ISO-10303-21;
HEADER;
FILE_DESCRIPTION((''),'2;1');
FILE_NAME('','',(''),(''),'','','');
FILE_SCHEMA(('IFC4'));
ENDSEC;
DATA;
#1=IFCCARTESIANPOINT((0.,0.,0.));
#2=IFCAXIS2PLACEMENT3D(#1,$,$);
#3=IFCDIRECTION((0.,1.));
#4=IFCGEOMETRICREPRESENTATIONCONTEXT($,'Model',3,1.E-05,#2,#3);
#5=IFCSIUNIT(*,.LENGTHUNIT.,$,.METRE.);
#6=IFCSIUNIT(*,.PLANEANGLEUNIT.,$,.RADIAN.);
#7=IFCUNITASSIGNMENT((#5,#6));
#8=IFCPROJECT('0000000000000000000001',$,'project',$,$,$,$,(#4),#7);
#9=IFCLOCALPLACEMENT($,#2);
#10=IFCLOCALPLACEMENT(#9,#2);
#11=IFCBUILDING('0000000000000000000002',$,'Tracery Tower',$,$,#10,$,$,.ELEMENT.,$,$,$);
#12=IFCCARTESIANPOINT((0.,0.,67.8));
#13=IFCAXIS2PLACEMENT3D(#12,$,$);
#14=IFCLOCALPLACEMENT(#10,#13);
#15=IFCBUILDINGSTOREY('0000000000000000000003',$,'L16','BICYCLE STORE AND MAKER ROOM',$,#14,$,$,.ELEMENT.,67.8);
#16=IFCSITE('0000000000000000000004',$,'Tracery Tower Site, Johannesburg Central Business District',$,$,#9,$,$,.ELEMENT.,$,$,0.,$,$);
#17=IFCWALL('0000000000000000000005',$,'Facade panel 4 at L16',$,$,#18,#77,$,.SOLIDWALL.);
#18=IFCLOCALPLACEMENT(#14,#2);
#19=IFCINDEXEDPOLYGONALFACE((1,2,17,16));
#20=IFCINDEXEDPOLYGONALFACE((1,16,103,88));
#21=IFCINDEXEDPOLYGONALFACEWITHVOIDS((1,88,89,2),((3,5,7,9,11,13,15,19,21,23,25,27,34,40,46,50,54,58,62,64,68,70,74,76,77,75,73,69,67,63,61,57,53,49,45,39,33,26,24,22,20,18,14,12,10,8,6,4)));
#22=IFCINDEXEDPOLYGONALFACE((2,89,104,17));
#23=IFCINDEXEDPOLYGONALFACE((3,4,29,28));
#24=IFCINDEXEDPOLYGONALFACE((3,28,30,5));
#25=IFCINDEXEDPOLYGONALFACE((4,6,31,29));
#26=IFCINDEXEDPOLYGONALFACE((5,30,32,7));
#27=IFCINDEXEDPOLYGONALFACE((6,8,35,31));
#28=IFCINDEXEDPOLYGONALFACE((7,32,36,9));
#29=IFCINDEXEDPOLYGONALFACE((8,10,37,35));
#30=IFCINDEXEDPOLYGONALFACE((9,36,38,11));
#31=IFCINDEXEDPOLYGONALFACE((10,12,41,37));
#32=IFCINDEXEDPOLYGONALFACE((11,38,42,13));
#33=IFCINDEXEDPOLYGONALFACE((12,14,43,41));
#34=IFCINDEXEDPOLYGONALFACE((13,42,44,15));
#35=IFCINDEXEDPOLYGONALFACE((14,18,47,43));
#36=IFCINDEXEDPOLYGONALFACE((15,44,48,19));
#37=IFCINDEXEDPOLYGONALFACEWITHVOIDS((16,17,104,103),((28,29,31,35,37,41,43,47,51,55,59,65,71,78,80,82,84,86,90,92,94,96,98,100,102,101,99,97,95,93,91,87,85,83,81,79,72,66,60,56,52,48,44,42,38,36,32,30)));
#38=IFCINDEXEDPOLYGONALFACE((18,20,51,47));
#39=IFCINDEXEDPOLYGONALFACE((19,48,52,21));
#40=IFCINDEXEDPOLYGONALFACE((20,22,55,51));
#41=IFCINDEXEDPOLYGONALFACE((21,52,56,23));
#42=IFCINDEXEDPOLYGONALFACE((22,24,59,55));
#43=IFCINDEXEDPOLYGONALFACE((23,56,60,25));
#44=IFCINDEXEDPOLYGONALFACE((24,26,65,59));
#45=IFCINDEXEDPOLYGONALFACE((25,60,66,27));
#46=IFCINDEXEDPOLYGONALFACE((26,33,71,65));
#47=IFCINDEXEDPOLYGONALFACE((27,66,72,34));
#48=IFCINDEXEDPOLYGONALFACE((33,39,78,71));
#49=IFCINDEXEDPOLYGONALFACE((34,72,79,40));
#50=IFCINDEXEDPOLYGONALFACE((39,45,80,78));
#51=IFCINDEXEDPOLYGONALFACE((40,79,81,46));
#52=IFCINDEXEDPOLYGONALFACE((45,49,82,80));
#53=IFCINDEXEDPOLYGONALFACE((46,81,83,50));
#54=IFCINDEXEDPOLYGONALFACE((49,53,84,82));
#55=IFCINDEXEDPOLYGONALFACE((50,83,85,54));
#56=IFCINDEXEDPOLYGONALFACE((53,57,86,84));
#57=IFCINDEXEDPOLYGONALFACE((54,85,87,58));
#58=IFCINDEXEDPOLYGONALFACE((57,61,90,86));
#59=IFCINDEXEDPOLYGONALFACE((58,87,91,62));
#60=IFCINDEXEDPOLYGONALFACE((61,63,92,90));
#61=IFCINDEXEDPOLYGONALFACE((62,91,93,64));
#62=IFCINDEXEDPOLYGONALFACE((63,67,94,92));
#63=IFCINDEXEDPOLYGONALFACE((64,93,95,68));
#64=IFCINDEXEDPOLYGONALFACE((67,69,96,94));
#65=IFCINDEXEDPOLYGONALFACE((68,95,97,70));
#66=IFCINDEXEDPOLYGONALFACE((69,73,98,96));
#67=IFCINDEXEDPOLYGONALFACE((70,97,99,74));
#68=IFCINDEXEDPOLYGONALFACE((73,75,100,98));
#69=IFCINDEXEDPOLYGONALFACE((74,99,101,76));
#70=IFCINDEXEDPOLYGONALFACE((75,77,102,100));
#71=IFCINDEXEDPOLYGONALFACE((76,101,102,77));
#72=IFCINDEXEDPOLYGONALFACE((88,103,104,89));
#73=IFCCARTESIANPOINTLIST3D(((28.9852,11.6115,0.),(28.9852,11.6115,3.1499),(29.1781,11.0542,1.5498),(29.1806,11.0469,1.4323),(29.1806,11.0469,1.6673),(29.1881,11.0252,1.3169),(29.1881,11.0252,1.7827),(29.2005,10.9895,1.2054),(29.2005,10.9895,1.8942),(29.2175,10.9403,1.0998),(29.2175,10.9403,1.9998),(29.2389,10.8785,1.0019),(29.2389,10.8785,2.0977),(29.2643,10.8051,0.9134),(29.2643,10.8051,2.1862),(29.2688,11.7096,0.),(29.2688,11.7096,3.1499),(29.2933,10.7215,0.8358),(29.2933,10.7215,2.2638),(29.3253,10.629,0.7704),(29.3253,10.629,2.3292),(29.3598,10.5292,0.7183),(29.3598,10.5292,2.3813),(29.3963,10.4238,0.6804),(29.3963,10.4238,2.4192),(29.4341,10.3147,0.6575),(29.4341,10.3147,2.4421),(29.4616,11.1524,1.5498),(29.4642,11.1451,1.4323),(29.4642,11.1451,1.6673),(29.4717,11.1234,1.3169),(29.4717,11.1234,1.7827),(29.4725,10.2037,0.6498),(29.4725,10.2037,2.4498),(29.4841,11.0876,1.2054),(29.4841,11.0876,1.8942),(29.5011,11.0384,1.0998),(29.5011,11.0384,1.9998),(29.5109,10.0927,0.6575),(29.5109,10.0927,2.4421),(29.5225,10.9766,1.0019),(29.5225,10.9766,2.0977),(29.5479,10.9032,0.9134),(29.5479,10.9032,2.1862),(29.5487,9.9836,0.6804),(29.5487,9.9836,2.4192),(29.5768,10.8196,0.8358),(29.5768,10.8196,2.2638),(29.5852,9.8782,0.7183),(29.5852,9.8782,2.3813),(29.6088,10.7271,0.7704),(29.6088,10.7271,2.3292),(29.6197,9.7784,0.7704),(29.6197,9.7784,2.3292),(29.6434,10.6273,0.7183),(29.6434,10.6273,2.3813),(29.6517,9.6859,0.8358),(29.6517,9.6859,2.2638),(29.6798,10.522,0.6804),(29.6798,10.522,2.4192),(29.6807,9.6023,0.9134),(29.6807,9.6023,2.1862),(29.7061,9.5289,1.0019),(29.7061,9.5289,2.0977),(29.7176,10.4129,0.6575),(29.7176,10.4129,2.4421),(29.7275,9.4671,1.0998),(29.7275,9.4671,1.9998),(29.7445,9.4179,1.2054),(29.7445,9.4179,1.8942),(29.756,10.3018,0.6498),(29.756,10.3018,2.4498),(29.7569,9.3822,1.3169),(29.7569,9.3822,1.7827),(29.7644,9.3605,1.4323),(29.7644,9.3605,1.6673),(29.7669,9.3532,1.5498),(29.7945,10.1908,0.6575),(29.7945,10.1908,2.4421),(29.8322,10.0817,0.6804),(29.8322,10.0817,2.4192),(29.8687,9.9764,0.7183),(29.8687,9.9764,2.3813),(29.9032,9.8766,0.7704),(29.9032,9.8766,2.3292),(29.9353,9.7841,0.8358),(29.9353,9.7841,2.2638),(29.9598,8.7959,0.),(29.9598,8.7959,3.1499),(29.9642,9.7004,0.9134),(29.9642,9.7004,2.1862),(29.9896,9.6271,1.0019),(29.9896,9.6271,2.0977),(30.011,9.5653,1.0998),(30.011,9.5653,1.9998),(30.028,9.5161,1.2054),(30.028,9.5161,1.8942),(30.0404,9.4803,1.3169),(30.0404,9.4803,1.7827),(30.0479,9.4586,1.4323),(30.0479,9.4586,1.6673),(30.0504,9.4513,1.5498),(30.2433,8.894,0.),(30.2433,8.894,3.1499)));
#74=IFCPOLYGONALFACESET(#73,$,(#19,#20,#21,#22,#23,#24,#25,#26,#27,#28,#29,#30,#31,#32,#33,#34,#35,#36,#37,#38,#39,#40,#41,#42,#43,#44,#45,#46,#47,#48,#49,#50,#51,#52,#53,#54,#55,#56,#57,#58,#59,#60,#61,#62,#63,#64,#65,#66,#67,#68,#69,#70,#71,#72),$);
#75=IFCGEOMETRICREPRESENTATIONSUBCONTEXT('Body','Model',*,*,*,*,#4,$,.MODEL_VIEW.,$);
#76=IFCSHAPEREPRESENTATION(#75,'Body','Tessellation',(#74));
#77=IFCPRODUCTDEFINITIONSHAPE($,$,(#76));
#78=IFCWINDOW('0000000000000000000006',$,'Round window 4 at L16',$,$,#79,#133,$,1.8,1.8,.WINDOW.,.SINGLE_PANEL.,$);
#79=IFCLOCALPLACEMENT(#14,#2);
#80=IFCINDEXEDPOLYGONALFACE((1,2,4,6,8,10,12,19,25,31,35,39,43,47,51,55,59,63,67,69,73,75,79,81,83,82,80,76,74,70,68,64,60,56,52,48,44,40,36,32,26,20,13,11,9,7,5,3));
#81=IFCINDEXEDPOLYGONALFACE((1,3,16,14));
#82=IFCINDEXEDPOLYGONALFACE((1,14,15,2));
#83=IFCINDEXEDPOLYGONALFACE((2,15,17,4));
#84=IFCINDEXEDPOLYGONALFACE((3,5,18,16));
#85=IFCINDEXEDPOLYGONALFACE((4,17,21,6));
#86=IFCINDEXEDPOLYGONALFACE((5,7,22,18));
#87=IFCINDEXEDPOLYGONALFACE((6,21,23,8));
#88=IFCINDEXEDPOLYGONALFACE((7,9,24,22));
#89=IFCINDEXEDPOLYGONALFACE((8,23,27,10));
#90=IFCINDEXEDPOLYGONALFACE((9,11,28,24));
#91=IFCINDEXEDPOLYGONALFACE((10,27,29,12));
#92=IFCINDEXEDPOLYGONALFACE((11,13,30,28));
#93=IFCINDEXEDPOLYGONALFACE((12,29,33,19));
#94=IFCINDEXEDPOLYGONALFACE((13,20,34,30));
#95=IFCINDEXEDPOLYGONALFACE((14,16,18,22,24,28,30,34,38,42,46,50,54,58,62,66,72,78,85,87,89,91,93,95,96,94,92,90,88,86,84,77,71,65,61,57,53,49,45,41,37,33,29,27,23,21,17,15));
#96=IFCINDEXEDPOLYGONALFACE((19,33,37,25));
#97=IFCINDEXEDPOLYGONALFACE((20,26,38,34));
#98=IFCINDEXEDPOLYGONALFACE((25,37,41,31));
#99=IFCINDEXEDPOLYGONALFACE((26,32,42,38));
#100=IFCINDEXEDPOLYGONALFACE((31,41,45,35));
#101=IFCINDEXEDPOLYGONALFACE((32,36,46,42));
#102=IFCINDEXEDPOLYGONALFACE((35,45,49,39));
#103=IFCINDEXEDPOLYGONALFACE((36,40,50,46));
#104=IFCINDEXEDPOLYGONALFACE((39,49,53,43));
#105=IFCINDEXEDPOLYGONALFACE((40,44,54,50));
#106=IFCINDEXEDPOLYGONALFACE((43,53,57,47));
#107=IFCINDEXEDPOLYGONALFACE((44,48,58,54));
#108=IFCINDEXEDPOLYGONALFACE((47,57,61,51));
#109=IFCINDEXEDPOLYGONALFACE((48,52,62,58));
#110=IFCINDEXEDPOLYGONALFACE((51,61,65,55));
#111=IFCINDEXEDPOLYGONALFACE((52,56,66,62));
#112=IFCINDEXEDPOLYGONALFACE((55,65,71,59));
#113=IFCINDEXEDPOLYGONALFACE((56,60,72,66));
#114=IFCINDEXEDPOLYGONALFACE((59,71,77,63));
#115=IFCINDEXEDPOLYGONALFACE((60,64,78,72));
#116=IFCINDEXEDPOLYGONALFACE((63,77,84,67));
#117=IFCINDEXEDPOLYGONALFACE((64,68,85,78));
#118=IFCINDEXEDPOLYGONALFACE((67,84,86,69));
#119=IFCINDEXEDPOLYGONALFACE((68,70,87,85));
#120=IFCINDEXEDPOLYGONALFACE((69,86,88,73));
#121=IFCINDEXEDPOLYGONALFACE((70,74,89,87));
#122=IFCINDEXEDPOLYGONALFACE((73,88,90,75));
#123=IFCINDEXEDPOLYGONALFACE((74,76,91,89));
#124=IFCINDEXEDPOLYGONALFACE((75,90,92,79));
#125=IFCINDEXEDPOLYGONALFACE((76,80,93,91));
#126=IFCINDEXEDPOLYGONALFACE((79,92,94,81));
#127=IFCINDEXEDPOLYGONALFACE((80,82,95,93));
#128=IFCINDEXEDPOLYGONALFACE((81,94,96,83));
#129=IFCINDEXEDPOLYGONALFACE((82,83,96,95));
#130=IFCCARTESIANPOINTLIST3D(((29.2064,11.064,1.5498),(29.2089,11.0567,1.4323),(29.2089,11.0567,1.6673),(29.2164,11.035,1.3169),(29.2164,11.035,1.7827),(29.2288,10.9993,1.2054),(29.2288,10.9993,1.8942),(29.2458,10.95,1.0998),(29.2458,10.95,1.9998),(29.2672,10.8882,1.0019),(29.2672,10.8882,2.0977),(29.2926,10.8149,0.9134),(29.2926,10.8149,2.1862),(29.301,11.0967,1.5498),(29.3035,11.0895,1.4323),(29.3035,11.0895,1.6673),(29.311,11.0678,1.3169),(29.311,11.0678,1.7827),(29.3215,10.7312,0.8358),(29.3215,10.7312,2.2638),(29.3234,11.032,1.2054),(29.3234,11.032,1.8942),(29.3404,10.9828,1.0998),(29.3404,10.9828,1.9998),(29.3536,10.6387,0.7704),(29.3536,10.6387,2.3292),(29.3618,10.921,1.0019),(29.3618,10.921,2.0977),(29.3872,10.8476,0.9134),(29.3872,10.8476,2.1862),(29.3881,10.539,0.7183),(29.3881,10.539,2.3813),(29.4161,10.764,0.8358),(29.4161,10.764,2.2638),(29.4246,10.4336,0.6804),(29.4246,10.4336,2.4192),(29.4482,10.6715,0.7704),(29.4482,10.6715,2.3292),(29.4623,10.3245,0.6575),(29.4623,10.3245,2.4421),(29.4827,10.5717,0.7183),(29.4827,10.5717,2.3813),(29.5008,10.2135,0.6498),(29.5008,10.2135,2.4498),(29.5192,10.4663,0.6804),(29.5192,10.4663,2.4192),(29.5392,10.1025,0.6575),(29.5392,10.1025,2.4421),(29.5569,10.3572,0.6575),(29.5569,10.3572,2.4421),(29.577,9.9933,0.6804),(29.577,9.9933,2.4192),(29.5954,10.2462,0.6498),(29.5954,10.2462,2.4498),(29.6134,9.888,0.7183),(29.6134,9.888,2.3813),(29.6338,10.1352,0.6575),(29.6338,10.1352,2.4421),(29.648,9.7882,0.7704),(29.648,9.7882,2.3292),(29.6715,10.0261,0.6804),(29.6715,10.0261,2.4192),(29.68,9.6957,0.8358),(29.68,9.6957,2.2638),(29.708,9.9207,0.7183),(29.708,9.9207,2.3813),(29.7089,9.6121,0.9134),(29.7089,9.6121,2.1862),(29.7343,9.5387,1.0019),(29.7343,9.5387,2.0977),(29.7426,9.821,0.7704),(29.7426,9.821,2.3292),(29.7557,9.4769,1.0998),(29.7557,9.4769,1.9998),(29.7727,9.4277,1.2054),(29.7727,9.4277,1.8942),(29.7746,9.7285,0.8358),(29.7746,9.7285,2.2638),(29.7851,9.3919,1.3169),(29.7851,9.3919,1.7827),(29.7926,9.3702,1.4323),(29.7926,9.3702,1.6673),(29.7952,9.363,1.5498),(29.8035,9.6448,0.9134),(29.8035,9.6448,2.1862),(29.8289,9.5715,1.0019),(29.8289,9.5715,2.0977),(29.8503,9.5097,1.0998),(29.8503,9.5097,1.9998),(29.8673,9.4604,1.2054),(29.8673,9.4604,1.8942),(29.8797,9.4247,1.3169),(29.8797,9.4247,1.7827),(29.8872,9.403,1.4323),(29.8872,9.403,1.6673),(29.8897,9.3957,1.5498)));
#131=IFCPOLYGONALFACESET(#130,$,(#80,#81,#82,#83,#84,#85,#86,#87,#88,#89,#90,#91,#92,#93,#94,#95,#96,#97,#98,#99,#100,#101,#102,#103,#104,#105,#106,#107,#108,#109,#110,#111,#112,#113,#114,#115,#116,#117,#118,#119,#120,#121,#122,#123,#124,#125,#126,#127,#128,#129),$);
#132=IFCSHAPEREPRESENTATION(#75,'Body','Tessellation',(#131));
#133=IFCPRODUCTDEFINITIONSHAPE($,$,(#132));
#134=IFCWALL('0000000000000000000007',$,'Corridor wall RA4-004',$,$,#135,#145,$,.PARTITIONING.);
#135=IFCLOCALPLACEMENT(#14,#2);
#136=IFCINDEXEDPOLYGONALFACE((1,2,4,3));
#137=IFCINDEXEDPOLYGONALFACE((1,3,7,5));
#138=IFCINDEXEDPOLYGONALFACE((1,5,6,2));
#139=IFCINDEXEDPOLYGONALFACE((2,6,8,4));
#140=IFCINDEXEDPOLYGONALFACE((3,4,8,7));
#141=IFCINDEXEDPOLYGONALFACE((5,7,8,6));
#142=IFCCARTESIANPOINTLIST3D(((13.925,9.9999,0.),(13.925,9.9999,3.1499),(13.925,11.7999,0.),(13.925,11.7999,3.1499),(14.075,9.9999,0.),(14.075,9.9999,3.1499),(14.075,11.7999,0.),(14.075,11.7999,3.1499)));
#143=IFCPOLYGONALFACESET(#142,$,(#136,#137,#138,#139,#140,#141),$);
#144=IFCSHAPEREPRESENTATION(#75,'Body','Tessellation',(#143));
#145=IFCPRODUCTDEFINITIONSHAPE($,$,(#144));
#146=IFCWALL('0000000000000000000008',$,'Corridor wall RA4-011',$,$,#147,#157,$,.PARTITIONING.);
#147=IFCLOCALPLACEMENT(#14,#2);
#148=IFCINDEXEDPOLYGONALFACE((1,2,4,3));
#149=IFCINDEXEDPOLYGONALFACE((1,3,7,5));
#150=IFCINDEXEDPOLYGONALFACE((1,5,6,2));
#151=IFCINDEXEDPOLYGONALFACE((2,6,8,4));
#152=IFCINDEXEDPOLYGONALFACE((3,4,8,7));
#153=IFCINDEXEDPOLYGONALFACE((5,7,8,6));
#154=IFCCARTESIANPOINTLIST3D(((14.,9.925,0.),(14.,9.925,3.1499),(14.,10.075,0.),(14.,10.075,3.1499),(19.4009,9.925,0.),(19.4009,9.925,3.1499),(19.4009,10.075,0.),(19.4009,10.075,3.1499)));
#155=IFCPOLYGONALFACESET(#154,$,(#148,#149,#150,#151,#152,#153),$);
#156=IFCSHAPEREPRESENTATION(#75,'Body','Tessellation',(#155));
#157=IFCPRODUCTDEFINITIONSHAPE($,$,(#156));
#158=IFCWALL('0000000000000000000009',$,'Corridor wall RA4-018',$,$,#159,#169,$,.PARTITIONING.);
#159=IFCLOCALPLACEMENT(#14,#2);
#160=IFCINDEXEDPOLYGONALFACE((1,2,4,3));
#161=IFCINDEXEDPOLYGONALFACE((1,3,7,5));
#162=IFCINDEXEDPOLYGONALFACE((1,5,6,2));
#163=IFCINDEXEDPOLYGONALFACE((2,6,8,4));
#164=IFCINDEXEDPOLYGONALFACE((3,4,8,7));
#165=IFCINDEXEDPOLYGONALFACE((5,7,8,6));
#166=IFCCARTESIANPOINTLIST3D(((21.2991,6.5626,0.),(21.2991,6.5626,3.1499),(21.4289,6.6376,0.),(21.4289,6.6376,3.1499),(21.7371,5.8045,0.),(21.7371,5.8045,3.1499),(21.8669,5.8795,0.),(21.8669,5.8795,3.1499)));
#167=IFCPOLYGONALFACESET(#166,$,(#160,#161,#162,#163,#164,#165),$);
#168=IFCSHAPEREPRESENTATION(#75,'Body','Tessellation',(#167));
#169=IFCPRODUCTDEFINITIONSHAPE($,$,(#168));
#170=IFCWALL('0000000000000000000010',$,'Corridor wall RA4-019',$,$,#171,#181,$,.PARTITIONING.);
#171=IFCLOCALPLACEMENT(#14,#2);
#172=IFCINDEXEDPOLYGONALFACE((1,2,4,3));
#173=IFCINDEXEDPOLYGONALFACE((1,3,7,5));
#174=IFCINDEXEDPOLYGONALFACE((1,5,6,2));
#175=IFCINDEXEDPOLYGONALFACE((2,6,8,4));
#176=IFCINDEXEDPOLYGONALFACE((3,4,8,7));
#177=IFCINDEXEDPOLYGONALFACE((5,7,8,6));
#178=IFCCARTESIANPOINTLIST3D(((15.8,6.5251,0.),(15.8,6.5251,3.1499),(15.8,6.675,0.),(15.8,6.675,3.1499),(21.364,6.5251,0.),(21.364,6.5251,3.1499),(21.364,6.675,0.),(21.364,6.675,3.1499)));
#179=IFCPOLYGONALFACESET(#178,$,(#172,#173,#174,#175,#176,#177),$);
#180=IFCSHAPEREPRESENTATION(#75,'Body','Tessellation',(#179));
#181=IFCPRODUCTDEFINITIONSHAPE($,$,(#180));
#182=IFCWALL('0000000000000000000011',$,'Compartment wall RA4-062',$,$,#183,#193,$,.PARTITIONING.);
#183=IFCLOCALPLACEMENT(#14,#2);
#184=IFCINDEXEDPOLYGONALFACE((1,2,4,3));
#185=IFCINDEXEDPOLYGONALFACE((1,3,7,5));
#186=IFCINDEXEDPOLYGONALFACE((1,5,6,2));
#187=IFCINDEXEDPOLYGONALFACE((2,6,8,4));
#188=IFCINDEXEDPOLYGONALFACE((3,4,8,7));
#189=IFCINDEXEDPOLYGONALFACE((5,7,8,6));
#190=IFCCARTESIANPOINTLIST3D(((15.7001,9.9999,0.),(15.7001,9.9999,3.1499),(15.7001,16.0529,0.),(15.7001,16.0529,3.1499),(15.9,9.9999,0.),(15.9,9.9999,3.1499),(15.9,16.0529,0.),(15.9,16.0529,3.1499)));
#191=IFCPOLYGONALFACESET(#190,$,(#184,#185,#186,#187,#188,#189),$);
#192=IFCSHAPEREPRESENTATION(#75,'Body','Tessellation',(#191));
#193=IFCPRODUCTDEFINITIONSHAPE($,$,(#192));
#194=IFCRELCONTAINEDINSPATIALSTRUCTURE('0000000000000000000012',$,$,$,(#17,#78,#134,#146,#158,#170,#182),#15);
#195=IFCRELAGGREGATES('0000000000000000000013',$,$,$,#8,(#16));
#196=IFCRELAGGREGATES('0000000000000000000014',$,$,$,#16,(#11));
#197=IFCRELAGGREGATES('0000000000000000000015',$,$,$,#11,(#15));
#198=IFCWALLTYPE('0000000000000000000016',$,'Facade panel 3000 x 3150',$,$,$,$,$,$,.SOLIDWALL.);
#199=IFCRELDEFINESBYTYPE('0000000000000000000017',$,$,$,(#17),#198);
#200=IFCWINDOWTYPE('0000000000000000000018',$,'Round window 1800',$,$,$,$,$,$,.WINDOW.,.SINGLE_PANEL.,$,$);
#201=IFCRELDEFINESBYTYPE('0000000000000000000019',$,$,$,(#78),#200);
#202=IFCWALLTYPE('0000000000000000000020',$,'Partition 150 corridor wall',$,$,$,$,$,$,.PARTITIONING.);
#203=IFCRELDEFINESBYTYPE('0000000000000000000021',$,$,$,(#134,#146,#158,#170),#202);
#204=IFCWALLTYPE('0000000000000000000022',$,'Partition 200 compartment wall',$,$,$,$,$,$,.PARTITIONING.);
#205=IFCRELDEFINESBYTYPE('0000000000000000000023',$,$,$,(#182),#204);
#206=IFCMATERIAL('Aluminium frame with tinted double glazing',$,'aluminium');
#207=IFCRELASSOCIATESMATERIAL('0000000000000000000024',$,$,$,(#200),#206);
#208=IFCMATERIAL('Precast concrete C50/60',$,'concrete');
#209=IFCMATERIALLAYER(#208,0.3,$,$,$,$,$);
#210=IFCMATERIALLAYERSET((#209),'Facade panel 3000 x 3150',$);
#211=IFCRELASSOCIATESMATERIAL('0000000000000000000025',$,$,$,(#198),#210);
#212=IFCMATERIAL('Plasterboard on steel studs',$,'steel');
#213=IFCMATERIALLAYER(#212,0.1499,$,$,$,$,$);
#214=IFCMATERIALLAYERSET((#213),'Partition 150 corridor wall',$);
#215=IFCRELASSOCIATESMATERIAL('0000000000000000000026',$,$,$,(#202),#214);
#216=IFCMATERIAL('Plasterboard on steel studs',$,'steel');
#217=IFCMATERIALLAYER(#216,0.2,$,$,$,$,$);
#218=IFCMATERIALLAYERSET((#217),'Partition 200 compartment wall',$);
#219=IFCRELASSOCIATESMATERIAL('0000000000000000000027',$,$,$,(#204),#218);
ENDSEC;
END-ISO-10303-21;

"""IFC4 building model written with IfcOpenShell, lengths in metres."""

from ifc_helpers import new_model, si_unit, direction, frame, frame_2d, origin, origin_2d, place, context, subcontext, project, spatial, rectangle, circle, extrude, material, layer, layer_set, type_object, element, fill, save


model = new_model("IFC4")

# Units and contexts
model_context = context("Model", 3, precision=1e-05, world=origin(), true_north=direction((0.0, 1.0)))
body_context = subcontext(model_context, "Body", "Model", "MODEL_VIEW")
ifc_project = project(units=[si_unit("LENGTHUNIT", "METRE"), si_unit("PLANEANGLEUNIT", "RADIAN")], contexts=[model_context])

# Site, building, storey
site_placement = place(None, origin())
site = spatial("IfcSite", under=ifc_project, at=site_placement, Name="Tracery Tower Site, Johannesburg Central Business District", CompositionType="ELEMENT", RefElevation=0.0)
building_placement = place(site_placement, origin())
building = spatial("IfcBuilding", under=site, at=building_placement, Name="Tracery Tower", CompositionType="ELEMENT")
storey_placement = place(building_placement, frame((0.0, 0.0, 67.8)))
storey = spatial("IfcBuildingStorey", under=building, at=storey_placement, Name="L16", Description="BICYCLE STORE AND MAKER ROOM", CompositionType="ELEMENT", Elevation=67.8)

# Wall, opening, window
ifc_material_1 = material(Name="Aluminium frame with tinted double glazing", Category="aluminium")
window_type = type_object("IfcWindowType", Name="Round window 1800", PartitioningType="SINGLE_PANEL", PredefinedType="WINDOW", material=ifc_material_1)
ifc_material_2 = material(Name="Precast concrete C50/60", Category="concrete")
ifc_layer_1 = layer(ifc_material_2, 0.3)
ifc_layer_set_1 = layer_set([ifc_layer_1], Name="Facade panel 3000 x 3150")
wall_type_1 = type_object("IfcWallType", Name="Facade panel 3000 x 3150", PredefinedType="SOLIDWALL", material=ifc_layer_set_1)
wall_1_placement = place(storey_placement, frame((30.1016, 8.845, 0.0), z_axis=(0.0, 0.0, 1.0), x_axis=(-0.327096, 0.944991, 0.0)))
wall_1 = element("IfcWall", 1, at=wall_1_placement, inside=storey, type_object=wall_type_1, Name="Facade panel 4 at L16", PredefinedType="SOLIDWALL", context=body_context, shape_type="SweptSolid", body=[
    extrude(rectangle(XDim=2.9795, YDim=0.3, at=frame_2d((1.4897, 0.0))), origin(), (0.0, 0.0, 1.0), 3.1499),
])
opening_1_placement = place(wall_1_placement, frame((1.4897, 0.0, 1.5498)))
opening_1 = element("IfcOpeningElement", 2, at=opening_1_placement, cuts=wall_1, PredefinedType="OPENING", context=body_context, shape_type="SweptSolid", body=[
    extrude(circle(Radius=0.9, at=origin_2d()), frame((0.0, 0.1599, 0.0), z_axis=(0.0, -1.0, 0.0), x_axis=(1.0, 0.0, 0.0)), (0.0, 0.0, 1.0), 0.3201),
])
window_1_placement = place(opening_1_placement, origin())
window_1 = element("IfcWindow", 3, at=window_1_placement, inside=storey, type_object=window_type, Name="Round window 4 at L16", OverallHeight=1.8, OverallWidth=1.8, PartitioningType="SINGLE_PANEL", PredefinedType="WINDOW", context=body_context, shape_type="SweptSolid", body=[
    extrude(circle(Radius=0.9, at=origin_2d()), frame((0.0, 0.1201, 0.0), z_axis=(0.0, -1.0, 0.0), x_axis=(1.0, 0.0, 0.0)), (0.0, 0.0, 1.0), 0.1001),
])
fill(opening_1, window_1)

# Walls
ifc_material_3 = material(Name="Plasterboard on steel studs", Category="steel")
ifc_layer_2 = layer(ifc_material_3, 0.1499)
ifc_layer_set_2 = layer_set([ifc_layer_2], Name="Partition 150 corridor wall")
wall_type_2 = type_object("IfcWallType", Name="Partition 150 corridor wall", PredefinedType="PARTITIONING", material=ifc_layer_set_2)
wall_2_placement = place(storey_placement, frame((14.0, 10.0, 0.0), z_axis=(0.0, 0.0, 1.0), x_axis=(0.0, 1.0, 0.0)))
element("IfcWall", 4, at=wall_2_placement, inside=storey, type_object=wall_type_2, Name="Corridor wall RA4-004", PredefinedType="PARTITIONING", context=body_context, shape_type="SweptSolid", body=[
    extrude(rectangle(XDim=1.8, YDim=0.1499, at=frame_2d((0.8999, 0.0))), origin(), (0.0, 0.0, 1.0), 3.1499),
])
wall_3_placement = place(storey_placement, frame((14.0, 10.0, 0.0), z_axis=(0.0, 0.0, 1.0), x_axis=(1.0, 0.0, 0.0)))
element("IfcWall", 5, at=wall_3_placement, inside=storey, type_object=wall_type_2, Name="Corridor wall RA4-011", PredefinedType="PARTITIONING", context=body_context, shape_type="SweptSolid", body=[
    extrude(rectangle(XDim=5.4009, YDim=0.1499, at=frame_2d((2.7004, 0.0))), origin(), (0.0, 0.0, 1.0), 3.1499),
])
wall_4_placement = place(storey_placement, frame((21.364, 6.6001, 0.0), z_axis=(0.0, 0.0, 1.0), x_axis=(0.500278, -0.865865, 0.0)))
element("IfcWall", 6, at=wall_4_placement, inside=storey, type_object=wall_type_2, Name="Corridor wall RA4-018", PredefinedType="PARTITIONING", context=body_context, shape_type="SweptSolid", body=[
    extrude(rectangle(XDim=0.8755, YDim=0.1499, at=frame_2d((0.4377, 0.0))), origin(), (0.0, 0.0, 1.0), 3.1499),
])
wall_5_placement = place(storey_placement, frame((15.8, 6.6001, 0.0), z_axis=(0.0, 0.0, 1.0), x_axis=(1.0, 0.0, 0.0)))
element("IfcWall", 7, at=wall_5_placement, inside=storey, type_object=wall_type_2, Name="Corridor wall RA4-019", PredefinedType="PARTITIONING", context=body_context, shape_type="SweptSolid", body=[
    extrude(rectangle(XDim=5.564, YDim=0.1499, at=frame_2d((2.782, 0.0))), origin(), (0.0, 0.0, 1.0), 3.1499),
])
ifc_material_4 = material(Name="Plasterboard on steel studs", Category="steel")
ifc_layer_3 = layer(ifc_material_4, 0.2)
ifc_layer_set_3 = layer_set([ifc_layer_3], Name="Partition 200 compartment wall")
wall_type_3 = type_object("IfcWallType", Name="Partition 200 compartment wall", PredefinedType="PARTITIONING", material=ifc_layer_set_3)
wall_6_placement = place(storey_placement, frame((15.8, 10.0, 0.0), z_axis=(0.0, 0.0, 1.0), x_axis=(0.0, 1.0, 0.0)))
element("IfcWall", 8, at=wall_6_placement, inside=storey, type_object=wall_type_3, Name="Compartment wall RA4-062", PredefinedType="PARTITIONING", context=body_context, shape_type="SweptSolid", body=[
    extrude(rectangle(XDim=6.053, YDim=0.2, at=frame_2d((3.0264, 0.0))), origin(), (0.0, 0.0, 1.0), 3.1499),
])

save(model, "model.ifc")
